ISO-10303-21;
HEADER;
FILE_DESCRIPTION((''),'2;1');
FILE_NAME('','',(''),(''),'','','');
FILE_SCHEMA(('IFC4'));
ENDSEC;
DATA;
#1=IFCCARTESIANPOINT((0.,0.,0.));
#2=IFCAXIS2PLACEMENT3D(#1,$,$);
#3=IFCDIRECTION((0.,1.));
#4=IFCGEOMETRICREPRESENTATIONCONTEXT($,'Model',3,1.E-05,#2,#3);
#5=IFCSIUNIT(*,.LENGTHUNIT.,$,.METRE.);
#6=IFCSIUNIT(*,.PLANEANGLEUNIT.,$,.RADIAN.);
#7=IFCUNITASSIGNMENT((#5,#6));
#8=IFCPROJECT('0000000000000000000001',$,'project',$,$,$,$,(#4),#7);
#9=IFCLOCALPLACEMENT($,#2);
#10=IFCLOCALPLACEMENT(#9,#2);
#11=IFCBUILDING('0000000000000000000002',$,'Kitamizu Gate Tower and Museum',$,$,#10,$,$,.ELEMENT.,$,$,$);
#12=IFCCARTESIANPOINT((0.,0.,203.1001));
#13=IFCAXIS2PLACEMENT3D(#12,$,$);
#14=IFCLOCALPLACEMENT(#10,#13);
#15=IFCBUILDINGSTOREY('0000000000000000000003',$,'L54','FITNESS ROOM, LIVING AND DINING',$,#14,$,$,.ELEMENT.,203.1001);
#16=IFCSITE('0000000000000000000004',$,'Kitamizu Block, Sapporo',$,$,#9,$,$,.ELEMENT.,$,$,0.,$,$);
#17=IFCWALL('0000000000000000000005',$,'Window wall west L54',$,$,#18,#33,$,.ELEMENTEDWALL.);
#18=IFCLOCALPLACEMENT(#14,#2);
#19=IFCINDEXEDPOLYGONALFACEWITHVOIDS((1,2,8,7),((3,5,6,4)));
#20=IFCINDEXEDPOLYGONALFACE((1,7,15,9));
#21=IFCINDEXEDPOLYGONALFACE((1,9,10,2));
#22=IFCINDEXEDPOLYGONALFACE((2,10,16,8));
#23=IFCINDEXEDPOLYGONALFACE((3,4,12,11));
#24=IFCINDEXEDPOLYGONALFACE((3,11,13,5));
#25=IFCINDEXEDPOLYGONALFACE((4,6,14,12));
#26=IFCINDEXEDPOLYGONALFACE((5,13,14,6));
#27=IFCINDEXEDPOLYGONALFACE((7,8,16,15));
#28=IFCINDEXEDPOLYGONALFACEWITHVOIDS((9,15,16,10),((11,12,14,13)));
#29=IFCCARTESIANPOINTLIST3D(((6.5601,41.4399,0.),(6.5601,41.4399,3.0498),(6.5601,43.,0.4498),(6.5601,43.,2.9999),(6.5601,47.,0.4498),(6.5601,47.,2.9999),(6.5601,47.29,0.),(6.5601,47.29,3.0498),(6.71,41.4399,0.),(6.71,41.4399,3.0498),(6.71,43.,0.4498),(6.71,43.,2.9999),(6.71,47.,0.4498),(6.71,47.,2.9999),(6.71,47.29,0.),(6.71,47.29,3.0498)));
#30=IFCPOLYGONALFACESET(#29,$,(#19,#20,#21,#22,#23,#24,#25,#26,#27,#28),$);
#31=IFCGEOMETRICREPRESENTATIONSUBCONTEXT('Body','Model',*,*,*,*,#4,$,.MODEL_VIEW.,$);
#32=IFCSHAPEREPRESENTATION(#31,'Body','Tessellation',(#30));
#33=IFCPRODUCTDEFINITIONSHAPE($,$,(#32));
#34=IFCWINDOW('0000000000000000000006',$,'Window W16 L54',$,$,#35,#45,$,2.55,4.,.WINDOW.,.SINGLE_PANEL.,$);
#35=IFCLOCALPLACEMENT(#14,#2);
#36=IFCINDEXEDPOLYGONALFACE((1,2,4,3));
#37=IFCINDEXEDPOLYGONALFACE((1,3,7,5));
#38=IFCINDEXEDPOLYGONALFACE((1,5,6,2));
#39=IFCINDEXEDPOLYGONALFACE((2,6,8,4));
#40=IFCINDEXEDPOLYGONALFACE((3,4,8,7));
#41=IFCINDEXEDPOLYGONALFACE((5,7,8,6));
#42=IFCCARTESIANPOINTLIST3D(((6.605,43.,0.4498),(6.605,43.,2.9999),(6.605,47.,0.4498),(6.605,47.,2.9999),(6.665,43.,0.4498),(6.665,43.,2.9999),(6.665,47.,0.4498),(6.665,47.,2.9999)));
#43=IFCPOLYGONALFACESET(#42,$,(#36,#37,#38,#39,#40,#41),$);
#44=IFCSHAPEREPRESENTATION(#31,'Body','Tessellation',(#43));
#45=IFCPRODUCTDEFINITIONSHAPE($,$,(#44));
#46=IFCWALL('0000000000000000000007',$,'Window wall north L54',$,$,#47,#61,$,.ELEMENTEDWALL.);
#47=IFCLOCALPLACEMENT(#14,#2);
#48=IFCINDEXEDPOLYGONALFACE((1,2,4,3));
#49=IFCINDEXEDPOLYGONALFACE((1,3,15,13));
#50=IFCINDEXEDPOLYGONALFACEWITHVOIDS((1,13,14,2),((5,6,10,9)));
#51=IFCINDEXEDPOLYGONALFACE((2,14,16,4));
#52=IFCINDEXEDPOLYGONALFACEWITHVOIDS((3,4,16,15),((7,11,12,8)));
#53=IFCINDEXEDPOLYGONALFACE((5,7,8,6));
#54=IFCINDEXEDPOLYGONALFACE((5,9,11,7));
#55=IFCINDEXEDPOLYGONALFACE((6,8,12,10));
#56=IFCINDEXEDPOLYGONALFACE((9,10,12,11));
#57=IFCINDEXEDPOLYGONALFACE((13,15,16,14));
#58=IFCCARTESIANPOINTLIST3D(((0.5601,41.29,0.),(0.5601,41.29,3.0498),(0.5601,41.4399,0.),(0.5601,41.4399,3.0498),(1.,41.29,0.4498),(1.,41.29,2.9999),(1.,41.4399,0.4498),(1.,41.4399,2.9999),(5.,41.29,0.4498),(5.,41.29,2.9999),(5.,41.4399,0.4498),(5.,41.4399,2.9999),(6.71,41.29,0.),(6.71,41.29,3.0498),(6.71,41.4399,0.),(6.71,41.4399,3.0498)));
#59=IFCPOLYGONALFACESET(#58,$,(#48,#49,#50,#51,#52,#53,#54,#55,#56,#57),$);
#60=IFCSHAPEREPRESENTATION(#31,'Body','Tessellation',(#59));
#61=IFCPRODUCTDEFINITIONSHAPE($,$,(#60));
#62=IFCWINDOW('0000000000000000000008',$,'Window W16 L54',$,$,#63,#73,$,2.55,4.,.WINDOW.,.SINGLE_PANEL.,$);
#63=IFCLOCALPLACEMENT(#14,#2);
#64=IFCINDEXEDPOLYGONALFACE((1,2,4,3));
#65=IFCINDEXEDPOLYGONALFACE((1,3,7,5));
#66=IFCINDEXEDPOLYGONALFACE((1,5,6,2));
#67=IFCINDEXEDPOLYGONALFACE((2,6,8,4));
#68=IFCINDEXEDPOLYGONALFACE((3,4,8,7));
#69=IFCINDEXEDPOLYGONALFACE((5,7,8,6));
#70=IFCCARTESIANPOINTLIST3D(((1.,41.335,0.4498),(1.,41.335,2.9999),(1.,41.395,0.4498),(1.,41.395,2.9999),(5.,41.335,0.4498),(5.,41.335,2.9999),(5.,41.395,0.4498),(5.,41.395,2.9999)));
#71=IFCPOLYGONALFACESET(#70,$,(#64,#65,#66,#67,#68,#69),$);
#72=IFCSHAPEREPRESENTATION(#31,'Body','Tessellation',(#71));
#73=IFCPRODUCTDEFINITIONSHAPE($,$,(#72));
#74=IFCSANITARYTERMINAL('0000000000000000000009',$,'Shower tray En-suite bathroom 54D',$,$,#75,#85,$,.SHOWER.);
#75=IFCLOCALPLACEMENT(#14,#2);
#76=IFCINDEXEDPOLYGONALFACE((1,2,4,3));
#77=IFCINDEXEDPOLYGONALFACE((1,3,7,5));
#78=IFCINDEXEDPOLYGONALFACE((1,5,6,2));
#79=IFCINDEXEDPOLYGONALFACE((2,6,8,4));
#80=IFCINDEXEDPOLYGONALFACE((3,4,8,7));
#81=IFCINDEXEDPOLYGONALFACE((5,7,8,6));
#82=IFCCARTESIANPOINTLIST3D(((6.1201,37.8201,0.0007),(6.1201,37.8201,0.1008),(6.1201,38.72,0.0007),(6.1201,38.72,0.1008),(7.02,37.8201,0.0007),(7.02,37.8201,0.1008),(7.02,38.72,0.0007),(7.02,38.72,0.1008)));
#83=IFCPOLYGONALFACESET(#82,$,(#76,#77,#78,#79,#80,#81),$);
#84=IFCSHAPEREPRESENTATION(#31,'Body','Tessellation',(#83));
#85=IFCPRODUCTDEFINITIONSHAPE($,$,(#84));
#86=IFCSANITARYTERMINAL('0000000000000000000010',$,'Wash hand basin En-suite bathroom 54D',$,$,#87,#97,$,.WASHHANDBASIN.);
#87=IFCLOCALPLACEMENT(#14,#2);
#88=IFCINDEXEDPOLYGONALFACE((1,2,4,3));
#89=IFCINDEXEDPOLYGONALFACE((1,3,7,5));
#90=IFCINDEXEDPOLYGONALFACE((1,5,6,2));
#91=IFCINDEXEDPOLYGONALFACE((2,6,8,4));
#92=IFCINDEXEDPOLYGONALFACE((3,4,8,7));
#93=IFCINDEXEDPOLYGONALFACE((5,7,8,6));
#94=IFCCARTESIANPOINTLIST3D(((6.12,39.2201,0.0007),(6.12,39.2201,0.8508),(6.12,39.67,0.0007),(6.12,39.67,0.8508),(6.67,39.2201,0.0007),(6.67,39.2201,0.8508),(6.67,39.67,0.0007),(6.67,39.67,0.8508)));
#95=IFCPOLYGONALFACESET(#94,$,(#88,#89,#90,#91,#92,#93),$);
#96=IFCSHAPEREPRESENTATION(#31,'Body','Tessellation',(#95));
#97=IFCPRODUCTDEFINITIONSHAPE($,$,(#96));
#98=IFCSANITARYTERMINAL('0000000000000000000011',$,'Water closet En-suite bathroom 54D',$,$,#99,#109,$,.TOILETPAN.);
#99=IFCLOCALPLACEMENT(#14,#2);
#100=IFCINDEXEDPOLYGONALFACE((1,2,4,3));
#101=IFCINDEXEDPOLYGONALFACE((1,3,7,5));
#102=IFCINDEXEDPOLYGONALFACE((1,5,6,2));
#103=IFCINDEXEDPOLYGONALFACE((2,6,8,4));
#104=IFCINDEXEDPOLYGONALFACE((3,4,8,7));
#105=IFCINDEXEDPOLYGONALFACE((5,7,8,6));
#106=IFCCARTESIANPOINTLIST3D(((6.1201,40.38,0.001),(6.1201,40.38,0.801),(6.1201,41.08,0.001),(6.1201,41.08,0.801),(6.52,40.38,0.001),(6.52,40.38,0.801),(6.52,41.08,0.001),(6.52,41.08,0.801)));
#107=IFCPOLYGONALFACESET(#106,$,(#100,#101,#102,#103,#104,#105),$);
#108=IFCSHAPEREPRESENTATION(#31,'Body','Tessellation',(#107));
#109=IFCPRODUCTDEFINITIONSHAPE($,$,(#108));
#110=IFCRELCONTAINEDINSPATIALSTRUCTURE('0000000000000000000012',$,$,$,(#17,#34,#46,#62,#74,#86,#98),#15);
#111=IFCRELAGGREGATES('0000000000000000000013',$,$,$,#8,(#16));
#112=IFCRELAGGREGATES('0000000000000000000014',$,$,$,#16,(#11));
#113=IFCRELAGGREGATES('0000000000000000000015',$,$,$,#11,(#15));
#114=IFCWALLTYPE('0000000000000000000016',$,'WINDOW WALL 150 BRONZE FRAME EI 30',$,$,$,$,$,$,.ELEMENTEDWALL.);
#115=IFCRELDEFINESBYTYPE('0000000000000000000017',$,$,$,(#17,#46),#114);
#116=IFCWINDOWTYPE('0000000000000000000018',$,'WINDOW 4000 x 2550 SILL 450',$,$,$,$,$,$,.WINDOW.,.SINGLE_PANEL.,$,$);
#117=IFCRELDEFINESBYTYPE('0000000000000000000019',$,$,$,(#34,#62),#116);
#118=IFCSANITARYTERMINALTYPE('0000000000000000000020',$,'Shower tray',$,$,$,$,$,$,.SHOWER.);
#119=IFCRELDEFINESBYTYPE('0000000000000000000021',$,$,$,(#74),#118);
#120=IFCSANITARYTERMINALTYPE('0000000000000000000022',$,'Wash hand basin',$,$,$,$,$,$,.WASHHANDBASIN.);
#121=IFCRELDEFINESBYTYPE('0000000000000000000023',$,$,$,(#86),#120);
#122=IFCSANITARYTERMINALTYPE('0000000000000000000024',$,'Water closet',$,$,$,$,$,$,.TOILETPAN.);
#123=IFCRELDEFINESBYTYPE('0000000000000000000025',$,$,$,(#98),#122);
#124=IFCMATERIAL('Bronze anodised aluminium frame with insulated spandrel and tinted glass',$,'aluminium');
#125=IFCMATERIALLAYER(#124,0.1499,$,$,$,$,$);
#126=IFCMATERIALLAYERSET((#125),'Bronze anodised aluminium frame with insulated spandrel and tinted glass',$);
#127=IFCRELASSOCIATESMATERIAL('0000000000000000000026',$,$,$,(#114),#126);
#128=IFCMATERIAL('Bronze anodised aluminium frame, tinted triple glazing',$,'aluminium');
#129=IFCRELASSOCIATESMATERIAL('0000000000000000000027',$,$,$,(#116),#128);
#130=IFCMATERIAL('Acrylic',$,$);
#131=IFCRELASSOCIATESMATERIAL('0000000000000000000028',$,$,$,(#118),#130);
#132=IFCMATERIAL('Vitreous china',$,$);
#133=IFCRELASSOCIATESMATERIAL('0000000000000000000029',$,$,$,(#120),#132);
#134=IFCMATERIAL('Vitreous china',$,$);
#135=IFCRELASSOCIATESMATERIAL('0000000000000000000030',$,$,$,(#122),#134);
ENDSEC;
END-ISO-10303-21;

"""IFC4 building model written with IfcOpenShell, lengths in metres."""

from ifc_helpers import new_model, si_unit, direction, frame, frame_2d, origin, origin_2d, place, context, subcontext, project, spatial, rectangle, extrude, material, layer, layer_set, type_object, element, fill, save


model = new_model("IFC4")

# Units and contexts
model_context = context("Model", 3, precision=1e-05, world=origin(), true_north=direction((0.0, 1.0)))
body_context = subcontext(model_context, "Body", "Model", "MODEL_VIEW")
ifc_project = project(units=[si_unit("LENGTHUNIT", "METRE"), si_unit("PLANEANGLEUNIT", "RADIAN")], contexts=[model_context])

# Site, building, storey
site_placement = place(None, origin())
site = spatial("IfcSite", under=ifc_project, at=site_placement, Name="Kitamizu Block, Sapporo", CompositionType="ELEMENT", RefElevation=0.0)
building_placement = place(site_placement, origin())
building = spatial("IfcBuilding", under=site, at=building_placement, Name="Kitamizu Gate Tower and Museum", CompositionType="ELEMENT")
storey_placement = place(building_placement, frame((0.0, 0.0, 203.1001)))
storey = spatial("IfcBuildingStorey", under=building, at=storey_placement, Name="L54", Description="FITNESS ROOM, LIVING AND DINING", CompositionType="ELEMENT", Elevation=203.1001)

# Shared definitions
ifc_material_1 = material(Name="Bronze anodised aluminium frame with insulated spandrel and tinted glass", Category="aluminium")
ifc_layer_1 = layer(ifc_material_1, 0.1499)
ifc_layer_set_1 = layer_set([ifc_layer_1], Name="Bronze anodised aluminium frame with insulated spandrel and tinted glass")
wall_type_1 = type_object("IfcWallType", Name="WINDOW WALL 150 BRONZE FRAME EI 30", PredefinedType="ELEMENTEDWALL", material=ifc_layer_set_1)

# Walls, openings, windows
wall_1_placement = place(storey_placement, frame((6.635, 41.4399, 0.0), z_axis=(0.0, 0.0, 1.0), x_axis=(0.0, 1.0, 0.0)))
wall_1 = element("IfcWall", 1, at=wall_1_placement, inside=storey, type_object=wall_type_1, Name="Window wall west L54", PredefinedType="ELEMENTEDWALL", context=body_context, shape_type="SweptSolid", body=[
    extrude(rectangle(XDim=5.8501, YDim=0.1499, at=frame_2d((2.925, 0.0))), origin(), (0.0, 0.0, 1.0), 3.0498),
])
opening_1_placement = place(wall_1_placement, frame((1.5601, 0.0, 0.45)))
opening_1 = element("IfcOpeningElement", 2, at=opening_1_placement, cuts=wall_1, PredefinedType="OPENING", context=body_context, shape_type="SweptSolid", body=[
    extrude(rectangle(XDim=4.0, YDim=2.55, at=frame_2d((2.0, 1.2749))), frame((0.0, 0.085, 0.0), z_axis=(0.0, -1.0, 0.0), x_axis=(1.0, 0.0, 0.0)), (0.0, 0.0, 1.0), 0.1699),
])
ifc_material_2 = material(Name="Bronze anodised aluminium frame, tinted triple glazing", Category="aluminium")
window_type_1 = type_object("IfcWindowType", Name="WINDOW 4000 x 2550 SILL 450", PartitioningType="SINGLE_PANEL", PredefinedType="WINDOW", material=ifc_material_2)
window_1_placement = place(opening_1_placement, origin())
window_1 = element("IfcWindow", 3, at=window_1_placement, inside=storey, type_object=window_type_1, Name="Window W16 L54", OverallHeight=2.55, OverallWidth=4.0, PartitioningType="SINGLE_PANEL", PredefinedType="WINDOW", context=body_context, shape_type="SweptSolid", body=[
    extrude(rectangle(XDim=4.0, YDim=2.55, at=frame_2d((2.0, 1.2749))), frame((0.0, 0.03, 0.0), z_axis=(0.0, -1.0, 0.0), x_axis=(1.0, 0.0, 0.0)), (0.0, 0.0, 1.0), 0.0601),
])
fill(opening_1, window_1)
wall_2_placement = place(storey_placement, frame((0.5601, 41.365, 0.0), z_axis=(0.0, 0.0, 1.0), x_axis=(1.0, 0.0, 0.0)))
wall_2 = element("IfcWall", 4, at=wall_2_placement, inside=storey, type_object=wall_type_1, Name="Window wall north L54", PredefinedType="ELEMENTEDWALL", context=body_context, shape_type="SweptSolid", body=[
    extrude(rectangle(XDim=6.1499, YDim=0.1499, at=frame_2d((3.075, 0.0))), origin(), (0.0, 0.0, 1.0), 3.0498),
])
opening_2_placement = place(wall_2_placement, frame((0.4399, 0.0, 0.45)))
opening_2 = element("IfcOpeningElement", 5, at=opening_2_placement, cuts=wall_2, PredefinedType="OPENING", context=body_context, shape_type="SweptSolid", body=[
    extrude(rectangle(XDim=4.0, YDim=2.55, at=frame_2d((2.0, 1.2749))), frame((0.0, 0.085, 0.0), z_axis=(0.0, -1.0, 0.0), x_axis=(1.0, 0.0, 0.0)), (0.0, 0.0, 1.0), 0.1699),
])
window_2_placement = place(opening_2_placement, origin())
window_2 = element("IfcWindow", 6, at=window_2_placement, inside=storey, type_object=window_type_1, Name="Window W16 L54", OverallHeight=2.55, OverallWidth=4.0, PartitioningType="SINGLE_PANEL", PredefinedType="WINDOW", context=body_context, shape_type="SweptSolid", body=[
    extrude(rectangle(XDim=4.0, YDim=2.55, at=frame_2d((2.0, 1.2749))), frame((0.0, 0.03, 0.0), z_axis=(0.0, -1.0, 0.0), x_axis=(1.0, 0.0, 0.0)), (0.0, 0.0, 1.0), 0.0601),
])
fill(opening_2, window_2)

# Sanitary terminals
ifc_material_3 = material(Name="Acrylic")
sanitary_terminal_type_1 = type_object("IfcSanitaryTerminalType", Name="Shower tray", PredefinedType="SHOWER", material=ifc_material_3)
sanitary_terminal_1_placement = place(storey_placement, frame((6.5701, 38.27, 0.0007), z_axis=(0.0, 0.0, 1.0), x_axis=(1.0, 0.0, 0.0)))
element("IfcSanitaryTerminal", 7, at=sanitary_terminal_1_placement, inside=storey, type_object=sanitary_terminal_type_1, Name="Shower tray En-suite bathroom 54D", PredefinedType="SHOWER", context=body_context, shape_type="SweptSolid", body=[
    extrude(rectangle(XDim=0.8999, YDim=0.8999, at=origin_2d()), origin(), (0.0, 0.0, 1.0), 0.1001),
])
ifc_material_4 = material(Name="Vitreous china")
sanitary_terminal_type_2 = type_object("IfcSanitaryTerminalType", Name="Wash hand basin", PredefinedType="WASHHANDBASIN", material=ifc_material_4)
sanitary_terminal_2_placement = place(storey_placement, frame((6.395, 39.4451, 0.0007), z_axis=(0.0, 0.0, 1.0), x_axis=(1.0, 0.0, 0.0)))
element("IfcSanitaryTerminal", 8, at=sanitary_terminal_2_placement, inside=storey, type_object=sanitary_terminal_type_2, Name="Wash hand basin En-suite bathroom 54D", PredefinedType="WASHHANDBASIN", context=body_context, shape_type="SweptSolid", body=[
    extrude(rectangle(XDim=0.55, YDim=0.45, at=origin_2d()), origin(), (0.0, 0.0, 1.0), 0.8501),
])
ifc_material_5 = material(Name="Vitreous china")
sanitary_terminal_type_3 = type_object("IfcSanitaryTerminalType", Name="Water closet", PredefinedType="TOILETPAN", material=ifc_material_5)
sanitary_terminal_3_placement = place(storey_placement, frame((6.3201, 40.73, 0.001), z_axis=(0.0, 0.0, 1.0), x_axis=(1.0, 0.0, 0.0)))
element("IfcSanitaryTerminal", 9, at=sanitary_terminal_3_placement, inside=storey, type_object=sanitary_terminal_type_3, Name="Water closet En-suite bathroom 54D", PredefinedType="TOILETPAN", context=body_context, shape_type="SweptSolid", body=[
    extrude(rectangle(XDim=0.3999, YDim=0.7, at=origin_2d()), origin(), (0.0, 0.0, 1.0), 0.8),
])

save(model, "model.ifc")
